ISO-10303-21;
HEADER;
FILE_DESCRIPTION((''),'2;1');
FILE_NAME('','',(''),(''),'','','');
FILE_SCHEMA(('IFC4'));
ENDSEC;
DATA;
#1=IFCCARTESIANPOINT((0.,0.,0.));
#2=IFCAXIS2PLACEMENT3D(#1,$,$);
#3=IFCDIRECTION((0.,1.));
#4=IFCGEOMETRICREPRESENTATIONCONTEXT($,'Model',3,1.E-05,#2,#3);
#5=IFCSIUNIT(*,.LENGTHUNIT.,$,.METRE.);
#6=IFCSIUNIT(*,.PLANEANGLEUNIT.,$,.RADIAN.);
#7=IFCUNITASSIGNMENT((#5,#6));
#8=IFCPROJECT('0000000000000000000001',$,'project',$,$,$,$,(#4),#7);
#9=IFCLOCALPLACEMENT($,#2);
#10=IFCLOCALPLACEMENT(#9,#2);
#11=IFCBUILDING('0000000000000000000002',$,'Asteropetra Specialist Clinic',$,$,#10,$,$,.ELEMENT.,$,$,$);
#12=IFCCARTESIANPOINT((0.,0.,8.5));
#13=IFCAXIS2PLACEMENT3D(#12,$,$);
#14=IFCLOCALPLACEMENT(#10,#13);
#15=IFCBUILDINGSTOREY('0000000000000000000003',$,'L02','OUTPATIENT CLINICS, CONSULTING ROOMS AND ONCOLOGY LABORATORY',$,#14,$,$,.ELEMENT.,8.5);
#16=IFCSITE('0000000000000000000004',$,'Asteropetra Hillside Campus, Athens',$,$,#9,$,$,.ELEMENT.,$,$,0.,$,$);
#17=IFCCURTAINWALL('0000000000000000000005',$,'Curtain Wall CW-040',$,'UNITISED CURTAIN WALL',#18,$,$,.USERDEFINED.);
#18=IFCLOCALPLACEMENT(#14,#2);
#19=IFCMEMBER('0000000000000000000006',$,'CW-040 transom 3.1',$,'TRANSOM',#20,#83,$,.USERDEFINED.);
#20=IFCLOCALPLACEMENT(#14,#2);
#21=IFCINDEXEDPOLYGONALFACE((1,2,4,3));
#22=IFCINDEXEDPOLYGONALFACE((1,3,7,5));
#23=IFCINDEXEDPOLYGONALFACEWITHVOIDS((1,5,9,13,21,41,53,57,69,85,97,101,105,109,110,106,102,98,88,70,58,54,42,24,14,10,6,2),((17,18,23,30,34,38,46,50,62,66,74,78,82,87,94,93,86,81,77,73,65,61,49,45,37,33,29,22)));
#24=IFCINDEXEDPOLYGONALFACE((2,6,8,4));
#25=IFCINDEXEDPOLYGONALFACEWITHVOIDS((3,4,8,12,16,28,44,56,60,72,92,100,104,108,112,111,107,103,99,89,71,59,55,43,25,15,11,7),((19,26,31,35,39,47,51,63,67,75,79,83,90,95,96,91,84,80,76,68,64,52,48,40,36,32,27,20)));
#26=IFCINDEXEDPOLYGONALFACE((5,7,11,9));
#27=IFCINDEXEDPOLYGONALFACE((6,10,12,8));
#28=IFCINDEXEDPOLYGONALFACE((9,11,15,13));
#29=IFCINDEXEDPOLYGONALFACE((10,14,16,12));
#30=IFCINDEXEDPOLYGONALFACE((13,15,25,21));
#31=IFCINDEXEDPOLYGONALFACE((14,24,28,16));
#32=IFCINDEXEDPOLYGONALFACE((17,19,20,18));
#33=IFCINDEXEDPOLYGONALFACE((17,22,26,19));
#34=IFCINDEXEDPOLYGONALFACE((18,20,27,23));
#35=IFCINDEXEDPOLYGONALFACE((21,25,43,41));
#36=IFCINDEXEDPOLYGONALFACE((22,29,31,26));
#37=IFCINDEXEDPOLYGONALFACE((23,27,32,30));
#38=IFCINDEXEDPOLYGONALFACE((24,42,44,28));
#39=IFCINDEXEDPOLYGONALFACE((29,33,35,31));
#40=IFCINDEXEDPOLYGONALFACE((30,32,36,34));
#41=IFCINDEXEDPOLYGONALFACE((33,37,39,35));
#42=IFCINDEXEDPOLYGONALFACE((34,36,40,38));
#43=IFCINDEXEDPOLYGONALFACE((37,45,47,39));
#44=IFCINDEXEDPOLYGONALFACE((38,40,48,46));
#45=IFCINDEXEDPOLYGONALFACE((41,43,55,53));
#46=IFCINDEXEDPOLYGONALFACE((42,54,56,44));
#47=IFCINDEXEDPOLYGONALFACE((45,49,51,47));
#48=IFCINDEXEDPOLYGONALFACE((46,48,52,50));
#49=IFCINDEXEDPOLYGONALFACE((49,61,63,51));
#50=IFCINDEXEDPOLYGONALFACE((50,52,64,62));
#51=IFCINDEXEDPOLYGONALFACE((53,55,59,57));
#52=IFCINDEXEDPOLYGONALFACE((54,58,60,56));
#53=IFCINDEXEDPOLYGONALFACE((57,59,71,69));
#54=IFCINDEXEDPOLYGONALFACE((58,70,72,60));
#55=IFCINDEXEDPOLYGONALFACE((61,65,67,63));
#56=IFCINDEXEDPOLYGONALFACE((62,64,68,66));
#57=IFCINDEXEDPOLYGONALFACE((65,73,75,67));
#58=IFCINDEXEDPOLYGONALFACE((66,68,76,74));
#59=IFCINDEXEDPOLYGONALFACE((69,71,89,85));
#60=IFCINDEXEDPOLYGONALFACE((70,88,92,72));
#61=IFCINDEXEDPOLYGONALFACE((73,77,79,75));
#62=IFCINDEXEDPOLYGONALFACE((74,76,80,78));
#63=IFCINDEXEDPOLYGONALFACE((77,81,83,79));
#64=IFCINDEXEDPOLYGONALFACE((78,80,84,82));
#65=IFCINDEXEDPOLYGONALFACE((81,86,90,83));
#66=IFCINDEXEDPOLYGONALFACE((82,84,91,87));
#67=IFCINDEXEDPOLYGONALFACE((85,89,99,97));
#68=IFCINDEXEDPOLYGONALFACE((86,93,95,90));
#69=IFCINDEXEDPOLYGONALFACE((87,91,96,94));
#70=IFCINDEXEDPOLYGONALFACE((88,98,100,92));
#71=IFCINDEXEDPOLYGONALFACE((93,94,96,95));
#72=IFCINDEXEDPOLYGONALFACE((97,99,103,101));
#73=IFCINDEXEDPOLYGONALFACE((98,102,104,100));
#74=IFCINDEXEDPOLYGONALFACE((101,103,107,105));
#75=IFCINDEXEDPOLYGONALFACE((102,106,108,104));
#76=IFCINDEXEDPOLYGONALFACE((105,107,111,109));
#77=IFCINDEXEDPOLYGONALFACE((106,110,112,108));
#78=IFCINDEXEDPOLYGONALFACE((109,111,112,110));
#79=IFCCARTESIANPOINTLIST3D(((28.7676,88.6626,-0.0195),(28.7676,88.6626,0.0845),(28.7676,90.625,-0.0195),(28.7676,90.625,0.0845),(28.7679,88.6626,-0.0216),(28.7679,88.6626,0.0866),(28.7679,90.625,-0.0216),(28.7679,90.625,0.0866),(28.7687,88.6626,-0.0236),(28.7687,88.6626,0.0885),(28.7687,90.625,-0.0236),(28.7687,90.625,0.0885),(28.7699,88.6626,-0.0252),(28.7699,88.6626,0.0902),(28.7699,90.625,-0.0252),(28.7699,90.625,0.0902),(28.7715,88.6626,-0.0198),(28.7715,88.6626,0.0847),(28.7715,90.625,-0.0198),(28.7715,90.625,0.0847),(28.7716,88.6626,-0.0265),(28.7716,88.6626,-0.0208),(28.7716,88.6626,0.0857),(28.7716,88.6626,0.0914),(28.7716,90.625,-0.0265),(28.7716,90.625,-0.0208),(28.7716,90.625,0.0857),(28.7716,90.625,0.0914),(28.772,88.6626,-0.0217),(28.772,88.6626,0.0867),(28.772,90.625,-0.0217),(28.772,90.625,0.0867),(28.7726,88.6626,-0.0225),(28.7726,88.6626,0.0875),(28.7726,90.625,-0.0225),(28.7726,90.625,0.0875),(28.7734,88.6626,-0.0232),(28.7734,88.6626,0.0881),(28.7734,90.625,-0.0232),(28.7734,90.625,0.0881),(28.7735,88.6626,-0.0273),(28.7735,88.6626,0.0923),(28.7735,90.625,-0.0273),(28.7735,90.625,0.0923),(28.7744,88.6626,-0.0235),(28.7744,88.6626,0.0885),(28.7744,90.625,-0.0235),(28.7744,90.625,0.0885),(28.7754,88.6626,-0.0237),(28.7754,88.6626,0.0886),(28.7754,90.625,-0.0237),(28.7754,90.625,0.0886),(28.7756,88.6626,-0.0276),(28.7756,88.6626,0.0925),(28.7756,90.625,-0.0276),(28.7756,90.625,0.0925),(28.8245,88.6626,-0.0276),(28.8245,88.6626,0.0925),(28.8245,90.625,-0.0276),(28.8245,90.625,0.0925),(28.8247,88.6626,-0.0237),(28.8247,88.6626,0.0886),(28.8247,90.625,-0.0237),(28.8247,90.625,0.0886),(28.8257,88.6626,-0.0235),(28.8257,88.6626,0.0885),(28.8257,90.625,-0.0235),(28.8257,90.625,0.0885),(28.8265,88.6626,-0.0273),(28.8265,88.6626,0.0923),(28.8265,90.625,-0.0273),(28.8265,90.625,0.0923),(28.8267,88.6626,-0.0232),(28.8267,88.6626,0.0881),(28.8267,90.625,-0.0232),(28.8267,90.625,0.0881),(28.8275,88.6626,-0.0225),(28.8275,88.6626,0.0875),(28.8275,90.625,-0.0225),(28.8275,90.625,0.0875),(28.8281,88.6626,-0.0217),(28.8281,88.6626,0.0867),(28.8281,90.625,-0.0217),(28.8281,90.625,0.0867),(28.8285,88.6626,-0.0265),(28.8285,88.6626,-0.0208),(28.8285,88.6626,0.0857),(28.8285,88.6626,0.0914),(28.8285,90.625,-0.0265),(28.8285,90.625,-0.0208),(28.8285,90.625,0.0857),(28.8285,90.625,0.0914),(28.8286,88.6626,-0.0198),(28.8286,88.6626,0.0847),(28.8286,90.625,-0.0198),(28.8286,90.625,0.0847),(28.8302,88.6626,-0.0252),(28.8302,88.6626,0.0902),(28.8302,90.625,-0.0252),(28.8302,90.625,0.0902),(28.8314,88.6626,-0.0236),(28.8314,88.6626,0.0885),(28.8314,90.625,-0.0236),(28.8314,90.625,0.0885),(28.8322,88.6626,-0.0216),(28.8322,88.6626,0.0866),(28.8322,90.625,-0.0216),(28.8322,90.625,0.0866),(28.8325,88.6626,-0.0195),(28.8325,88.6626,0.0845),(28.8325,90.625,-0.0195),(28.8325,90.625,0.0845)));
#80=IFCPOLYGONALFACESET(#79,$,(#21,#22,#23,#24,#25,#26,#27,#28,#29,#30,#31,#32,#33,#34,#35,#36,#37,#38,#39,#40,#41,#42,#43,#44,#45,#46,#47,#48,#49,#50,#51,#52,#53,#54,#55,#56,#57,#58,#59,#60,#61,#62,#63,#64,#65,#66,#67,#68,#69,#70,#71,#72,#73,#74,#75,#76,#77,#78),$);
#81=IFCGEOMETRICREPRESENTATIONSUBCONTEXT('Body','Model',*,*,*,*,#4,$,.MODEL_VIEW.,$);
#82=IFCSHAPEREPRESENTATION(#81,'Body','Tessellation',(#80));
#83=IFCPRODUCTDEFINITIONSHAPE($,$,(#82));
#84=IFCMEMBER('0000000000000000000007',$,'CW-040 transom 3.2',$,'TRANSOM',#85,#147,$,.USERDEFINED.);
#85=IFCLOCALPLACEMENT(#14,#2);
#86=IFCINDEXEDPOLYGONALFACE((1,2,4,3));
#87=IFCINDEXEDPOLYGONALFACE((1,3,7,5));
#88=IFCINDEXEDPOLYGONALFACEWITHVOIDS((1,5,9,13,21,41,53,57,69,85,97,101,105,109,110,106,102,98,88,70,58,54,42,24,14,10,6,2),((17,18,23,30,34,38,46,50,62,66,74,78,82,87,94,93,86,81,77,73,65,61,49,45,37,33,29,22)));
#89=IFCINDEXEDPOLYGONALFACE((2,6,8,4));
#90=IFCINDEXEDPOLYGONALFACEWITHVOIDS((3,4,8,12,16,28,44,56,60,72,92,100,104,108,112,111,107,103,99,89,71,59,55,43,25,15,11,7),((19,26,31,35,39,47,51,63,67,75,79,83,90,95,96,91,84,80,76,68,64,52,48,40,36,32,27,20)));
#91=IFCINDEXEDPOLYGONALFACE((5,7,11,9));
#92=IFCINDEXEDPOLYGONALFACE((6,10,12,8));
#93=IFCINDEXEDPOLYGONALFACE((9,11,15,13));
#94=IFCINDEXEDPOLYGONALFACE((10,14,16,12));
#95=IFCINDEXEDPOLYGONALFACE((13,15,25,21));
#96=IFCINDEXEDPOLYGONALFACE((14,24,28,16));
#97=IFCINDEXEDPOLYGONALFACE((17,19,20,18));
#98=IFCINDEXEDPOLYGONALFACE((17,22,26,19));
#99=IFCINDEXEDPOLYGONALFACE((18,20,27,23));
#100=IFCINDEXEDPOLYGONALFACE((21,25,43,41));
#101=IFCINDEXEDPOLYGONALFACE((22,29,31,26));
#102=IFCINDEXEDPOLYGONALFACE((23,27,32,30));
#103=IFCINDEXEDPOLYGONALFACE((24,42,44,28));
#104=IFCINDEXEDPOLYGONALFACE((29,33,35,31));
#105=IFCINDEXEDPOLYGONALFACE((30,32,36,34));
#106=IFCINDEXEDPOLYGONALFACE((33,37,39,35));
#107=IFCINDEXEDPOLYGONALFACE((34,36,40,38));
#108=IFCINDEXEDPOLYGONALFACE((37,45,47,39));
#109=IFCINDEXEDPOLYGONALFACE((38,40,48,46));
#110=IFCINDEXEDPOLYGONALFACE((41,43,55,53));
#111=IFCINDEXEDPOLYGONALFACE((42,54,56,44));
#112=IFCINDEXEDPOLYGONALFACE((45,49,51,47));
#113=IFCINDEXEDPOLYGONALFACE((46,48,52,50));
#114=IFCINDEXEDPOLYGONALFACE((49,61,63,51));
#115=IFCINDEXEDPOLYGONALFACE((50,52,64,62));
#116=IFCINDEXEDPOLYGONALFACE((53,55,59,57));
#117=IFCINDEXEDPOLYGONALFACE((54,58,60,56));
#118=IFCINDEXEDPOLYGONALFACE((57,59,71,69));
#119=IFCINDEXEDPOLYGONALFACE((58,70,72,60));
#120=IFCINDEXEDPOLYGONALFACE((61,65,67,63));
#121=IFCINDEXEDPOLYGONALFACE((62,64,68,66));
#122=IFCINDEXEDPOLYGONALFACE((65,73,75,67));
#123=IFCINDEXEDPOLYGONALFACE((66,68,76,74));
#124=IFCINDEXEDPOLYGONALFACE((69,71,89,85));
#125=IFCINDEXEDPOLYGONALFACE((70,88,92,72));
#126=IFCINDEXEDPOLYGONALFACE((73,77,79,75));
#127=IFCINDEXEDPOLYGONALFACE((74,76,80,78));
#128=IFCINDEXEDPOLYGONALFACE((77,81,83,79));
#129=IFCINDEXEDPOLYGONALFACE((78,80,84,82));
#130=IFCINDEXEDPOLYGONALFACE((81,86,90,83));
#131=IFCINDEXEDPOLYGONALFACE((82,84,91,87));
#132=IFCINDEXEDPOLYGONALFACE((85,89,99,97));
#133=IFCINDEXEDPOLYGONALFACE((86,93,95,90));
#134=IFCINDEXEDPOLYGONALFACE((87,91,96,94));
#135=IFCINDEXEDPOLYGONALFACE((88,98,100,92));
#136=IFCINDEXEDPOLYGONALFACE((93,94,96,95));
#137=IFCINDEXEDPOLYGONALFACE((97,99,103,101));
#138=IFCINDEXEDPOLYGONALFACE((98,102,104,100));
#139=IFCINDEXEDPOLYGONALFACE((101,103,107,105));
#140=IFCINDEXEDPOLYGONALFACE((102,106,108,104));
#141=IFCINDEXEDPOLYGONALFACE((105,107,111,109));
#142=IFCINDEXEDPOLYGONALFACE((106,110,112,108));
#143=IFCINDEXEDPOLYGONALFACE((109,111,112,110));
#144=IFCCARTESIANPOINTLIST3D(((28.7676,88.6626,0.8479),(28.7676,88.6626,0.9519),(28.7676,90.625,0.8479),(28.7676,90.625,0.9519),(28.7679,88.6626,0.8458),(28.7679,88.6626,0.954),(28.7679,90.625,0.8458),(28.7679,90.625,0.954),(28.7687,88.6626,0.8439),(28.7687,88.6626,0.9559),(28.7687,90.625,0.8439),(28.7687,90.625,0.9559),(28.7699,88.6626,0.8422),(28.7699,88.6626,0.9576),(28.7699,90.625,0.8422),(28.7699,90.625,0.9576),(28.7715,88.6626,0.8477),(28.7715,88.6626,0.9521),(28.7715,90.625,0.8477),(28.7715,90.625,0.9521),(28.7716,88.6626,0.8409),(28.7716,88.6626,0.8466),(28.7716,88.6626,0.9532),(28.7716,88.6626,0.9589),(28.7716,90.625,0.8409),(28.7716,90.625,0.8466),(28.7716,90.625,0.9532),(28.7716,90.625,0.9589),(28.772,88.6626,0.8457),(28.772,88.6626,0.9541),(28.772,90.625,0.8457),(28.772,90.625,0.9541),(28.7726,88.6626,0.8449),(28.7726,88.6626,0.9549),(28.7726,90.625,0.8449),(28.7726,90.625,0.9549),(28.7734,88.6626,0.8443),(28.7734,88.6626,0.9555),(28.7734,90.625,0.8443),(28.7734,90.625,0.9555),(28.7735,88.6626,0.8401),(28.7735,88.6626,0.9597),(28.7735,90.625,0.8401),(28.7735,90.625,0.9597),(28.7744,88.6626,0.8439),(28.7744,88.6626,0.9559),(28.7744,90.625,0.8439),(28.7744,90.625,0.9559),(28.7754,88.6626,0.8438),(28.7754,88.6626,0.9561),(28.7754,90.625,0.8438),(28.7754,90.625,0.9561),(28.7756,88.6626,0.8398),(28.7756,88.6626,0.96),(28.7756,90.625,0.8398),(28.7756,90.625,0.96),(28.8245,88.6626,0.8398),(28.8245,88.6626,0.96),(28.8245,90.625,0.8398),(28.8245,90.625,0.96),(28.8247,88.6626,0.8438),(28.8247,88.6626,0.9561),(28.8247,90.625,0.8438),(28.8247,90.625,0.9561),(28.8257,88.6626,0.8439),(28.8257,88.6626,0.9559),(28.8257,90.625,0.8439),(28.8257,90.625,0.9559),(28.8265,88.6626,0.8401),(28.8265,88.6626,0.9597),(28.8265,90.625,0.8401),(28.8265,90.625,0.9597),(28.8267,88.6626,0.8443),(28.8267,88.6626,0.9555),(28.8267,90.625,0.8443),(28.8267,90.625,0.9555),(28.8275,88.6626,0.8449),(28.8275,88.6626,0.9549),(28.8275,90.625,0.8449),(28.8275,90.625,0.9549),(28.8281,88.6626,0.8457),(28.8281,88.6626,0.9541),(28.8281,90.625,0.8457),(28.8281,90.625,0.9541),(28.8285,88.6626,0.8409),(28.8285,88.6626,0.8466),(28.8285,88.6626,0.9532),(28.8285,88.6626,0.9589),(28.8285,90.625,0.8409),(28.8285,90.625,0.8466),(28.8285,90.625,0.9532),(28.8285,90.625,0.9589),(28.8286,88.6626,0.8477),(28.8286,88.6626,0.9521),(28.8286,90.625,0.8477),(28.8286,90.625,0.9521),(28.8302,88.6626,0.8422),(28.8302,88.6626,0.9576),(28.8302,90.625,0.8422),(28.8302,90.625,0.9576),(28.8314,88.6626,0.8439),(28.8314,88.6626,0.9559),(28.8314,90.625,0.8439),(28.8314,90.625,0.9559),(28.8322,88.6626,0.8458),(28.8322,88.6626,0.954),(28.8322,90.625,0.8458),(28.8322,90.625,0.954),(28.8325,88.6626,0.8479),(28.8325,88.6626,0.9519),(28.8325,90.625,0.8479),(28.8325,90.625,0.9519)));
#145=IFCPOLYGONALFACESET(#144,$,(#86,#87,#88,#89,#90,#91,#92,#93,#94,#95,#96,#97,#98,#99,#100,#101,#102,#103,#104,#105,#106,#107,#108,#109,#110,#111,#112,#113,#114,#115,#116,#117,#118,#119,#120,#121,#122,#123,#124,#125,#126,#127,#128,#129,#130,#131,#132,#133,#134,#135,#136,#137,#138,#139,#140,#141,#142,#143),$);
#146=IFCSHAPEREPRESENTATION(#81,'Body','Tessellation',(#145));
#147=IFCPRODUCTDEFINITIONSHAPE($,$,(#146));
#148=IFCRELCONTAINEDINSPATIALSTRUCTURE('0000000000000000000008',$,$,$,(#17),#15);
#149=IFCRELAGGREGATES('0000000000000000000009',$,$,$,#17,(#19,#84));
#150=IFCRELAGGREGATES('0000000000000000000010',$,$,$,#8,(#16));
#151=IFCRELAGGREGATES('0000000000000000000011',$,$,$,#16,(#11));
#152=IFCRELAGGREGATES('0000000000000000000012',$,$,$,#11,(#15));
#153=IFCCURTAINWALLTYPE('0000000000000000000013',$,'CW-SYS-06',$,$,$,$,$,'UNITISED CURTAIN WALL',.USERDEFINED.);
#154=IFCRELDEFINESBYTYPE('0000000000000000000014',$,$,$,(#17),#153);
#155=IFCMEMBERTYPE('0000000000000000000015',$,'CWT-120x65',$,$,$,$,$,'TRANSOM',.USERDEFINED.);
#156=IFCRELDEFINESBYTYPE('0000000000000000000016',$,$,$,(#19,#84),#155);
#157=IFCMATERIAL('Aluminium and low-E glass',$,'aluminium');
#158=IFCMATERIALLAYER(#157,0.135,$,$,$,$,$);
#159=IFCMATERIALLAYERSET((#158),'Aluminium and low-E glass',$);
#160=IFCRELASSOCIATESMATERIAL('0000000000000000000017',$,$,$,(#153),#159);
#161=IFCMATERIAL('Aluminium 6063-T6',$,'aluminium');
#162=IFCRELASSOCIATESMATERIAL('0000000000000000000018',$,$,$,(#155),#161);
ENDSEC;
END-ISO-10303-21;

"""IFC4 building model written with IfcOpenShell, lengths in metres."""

from ifc_helpers import new_model, si_unit, direction, frame, origin, origin_2d, place, context, subcontext, project, spatial, hollow_rectangle, extrude, material, layer, layer_set, material_profile, profile_set, type_object, element, aggregate, save


model = new_model("IFC4")

# Units and contexts
model_context = context("Model", 3, precision=1e-05, world=origin(), true_north=direction((0.0, 1.0)))
body_context = subcontext(model_context, "Body", "Model", "MODEL_VIEW")
ifc_project = project(units=[si_unit("LENGTHUNIT", "METRE"), si_unit("PLANEANGLEUNIT", "RADIAN")], contexts=[model_context])

# Site, building, storey
site_placement = place(None, origin())
site = spatial("IfcSite", under=ifc_project, at=site_placement, Name="Asteropetra Hillside Campus, Athens", CompositionType="ELEMENT", RefElevation=0.0)
building_placement = place(site_placement, origin())
building = spatial("IfcBuilding", under=site, at=building_placement, Name="Asteropetra Specialist Clinic", CompositionType="ELEMENT")
storey_placement = place(building_placement, frame((0.0, 0.0, 8.5)))
storey = spatial("IfcBuildingStorey", under=building, at=storey_placement, Name="L02", Description="OUTPATIENT CLINICS, CONSULTING ROOMS AND ONCOLOGY LABORATORY", CompositionType="ELEMENT", Elevation=8.5)

# Curtain wall, members
ifc_material_1 = material(Name="Aluminium and low-E glass", Category="aluminium")
ifc_layer_1 = layer(ifc_material_1, 0.135)
ifc_layer_set_1 = layer_set([ifc_layer_1], Name="Aluminium and low-E glass")
curtain_wall_type = type_object("IfcCurtainWallType", Name="CW-SYS-06", ElementType="UNITISED CURTAIN WALL", PredefinedType="USERDEFINED", material=ifc_layer_set_1)
curtain_wall_placement = place(storey_placement, origin())
curtain_wall = element("IfcCurtainWall", 1, at=curtain_wall_placement, inside=storey, type_object=curtain_wall_type, Name="Curtain Wall CW-040", ObjectType="UNITISED CURTAIN WALL", PredefinedType="USERDEFINED")
ifc_material_2 = material(Name="Aluminium 6063-T6", Category="aluminium")
ifc_material_profile_1 = material_profile(ifc_material_2, hollow_rectangle(XDim=0.0649, YDim=0.1201, WallThickness=0.0039, InnerFilletRadius=0.0039, OuterFilletRadius=0.0081, at=origin_2d()), Name="TRN 120x65x4.0")
ifc_profile_set_1 = profile_set([ifc_material_profile_1], Name="Aluminium 6063-T6")
member_type_1 = type_object("IfcMemberType", Name="CWT-120x65", ElementType="TRANSOM", PredefinedType="USERDEFINED", material=ifc_profile_set_1)
member_1_placement = place(storey_placement, frame((28.8, 88.6626, 0.0325), z_axis=(0.0, 1.0, 0.0), x_axis=(-1.0, 0.0, 0.0)))
member_1 = element("IfcMember", 2, at=member_1_placement, type_object=member_type_1, Name="CW-040 transom 3.1", ObjectType="TRANSOM", PredefinedType="USERDEFINED", context=body_context, shape_type="SweptSolid", body=[
    extrude(hollow_rectangle(XDim=0.0649, YDim=0.1201, WallThickness=0.0039, InnerFilletRadius=0.0039, OuterFilletRadius=0.0081, at=origin_2d()), origin(), (0.0, 0.0, 1.0), 1.9624),
])
member_2_placement = place(storey_placement, frame((28.8, 88.6626, 0.8999), z_axis=(0.0, 1.0, 0.0), x_axis=(-1.0, 0.0, 0.0)))
member_2 = element("IfcMember", 3, at=member_2_placement, type_object=member_type_1, Name="CW-040 transom 3.2", ObjectType="TRANSOM", PredefinedType="USERDEFINED", context=body_context, shape_type="SweptSolid", body=[
    extrude(hollow_rectangle(XDim=0.0649, YDim=0.1201, WallThickness=0.0039, InnerFilletRadius=0.0039, OuterFilletRadius=0.0081, at=origin_2d()), origin(), (0.0, 0.0, 1.0), 1.9624),
])

aggregate(curtain_wall, [member_1, member_2])

save(model, "model.ifc")
